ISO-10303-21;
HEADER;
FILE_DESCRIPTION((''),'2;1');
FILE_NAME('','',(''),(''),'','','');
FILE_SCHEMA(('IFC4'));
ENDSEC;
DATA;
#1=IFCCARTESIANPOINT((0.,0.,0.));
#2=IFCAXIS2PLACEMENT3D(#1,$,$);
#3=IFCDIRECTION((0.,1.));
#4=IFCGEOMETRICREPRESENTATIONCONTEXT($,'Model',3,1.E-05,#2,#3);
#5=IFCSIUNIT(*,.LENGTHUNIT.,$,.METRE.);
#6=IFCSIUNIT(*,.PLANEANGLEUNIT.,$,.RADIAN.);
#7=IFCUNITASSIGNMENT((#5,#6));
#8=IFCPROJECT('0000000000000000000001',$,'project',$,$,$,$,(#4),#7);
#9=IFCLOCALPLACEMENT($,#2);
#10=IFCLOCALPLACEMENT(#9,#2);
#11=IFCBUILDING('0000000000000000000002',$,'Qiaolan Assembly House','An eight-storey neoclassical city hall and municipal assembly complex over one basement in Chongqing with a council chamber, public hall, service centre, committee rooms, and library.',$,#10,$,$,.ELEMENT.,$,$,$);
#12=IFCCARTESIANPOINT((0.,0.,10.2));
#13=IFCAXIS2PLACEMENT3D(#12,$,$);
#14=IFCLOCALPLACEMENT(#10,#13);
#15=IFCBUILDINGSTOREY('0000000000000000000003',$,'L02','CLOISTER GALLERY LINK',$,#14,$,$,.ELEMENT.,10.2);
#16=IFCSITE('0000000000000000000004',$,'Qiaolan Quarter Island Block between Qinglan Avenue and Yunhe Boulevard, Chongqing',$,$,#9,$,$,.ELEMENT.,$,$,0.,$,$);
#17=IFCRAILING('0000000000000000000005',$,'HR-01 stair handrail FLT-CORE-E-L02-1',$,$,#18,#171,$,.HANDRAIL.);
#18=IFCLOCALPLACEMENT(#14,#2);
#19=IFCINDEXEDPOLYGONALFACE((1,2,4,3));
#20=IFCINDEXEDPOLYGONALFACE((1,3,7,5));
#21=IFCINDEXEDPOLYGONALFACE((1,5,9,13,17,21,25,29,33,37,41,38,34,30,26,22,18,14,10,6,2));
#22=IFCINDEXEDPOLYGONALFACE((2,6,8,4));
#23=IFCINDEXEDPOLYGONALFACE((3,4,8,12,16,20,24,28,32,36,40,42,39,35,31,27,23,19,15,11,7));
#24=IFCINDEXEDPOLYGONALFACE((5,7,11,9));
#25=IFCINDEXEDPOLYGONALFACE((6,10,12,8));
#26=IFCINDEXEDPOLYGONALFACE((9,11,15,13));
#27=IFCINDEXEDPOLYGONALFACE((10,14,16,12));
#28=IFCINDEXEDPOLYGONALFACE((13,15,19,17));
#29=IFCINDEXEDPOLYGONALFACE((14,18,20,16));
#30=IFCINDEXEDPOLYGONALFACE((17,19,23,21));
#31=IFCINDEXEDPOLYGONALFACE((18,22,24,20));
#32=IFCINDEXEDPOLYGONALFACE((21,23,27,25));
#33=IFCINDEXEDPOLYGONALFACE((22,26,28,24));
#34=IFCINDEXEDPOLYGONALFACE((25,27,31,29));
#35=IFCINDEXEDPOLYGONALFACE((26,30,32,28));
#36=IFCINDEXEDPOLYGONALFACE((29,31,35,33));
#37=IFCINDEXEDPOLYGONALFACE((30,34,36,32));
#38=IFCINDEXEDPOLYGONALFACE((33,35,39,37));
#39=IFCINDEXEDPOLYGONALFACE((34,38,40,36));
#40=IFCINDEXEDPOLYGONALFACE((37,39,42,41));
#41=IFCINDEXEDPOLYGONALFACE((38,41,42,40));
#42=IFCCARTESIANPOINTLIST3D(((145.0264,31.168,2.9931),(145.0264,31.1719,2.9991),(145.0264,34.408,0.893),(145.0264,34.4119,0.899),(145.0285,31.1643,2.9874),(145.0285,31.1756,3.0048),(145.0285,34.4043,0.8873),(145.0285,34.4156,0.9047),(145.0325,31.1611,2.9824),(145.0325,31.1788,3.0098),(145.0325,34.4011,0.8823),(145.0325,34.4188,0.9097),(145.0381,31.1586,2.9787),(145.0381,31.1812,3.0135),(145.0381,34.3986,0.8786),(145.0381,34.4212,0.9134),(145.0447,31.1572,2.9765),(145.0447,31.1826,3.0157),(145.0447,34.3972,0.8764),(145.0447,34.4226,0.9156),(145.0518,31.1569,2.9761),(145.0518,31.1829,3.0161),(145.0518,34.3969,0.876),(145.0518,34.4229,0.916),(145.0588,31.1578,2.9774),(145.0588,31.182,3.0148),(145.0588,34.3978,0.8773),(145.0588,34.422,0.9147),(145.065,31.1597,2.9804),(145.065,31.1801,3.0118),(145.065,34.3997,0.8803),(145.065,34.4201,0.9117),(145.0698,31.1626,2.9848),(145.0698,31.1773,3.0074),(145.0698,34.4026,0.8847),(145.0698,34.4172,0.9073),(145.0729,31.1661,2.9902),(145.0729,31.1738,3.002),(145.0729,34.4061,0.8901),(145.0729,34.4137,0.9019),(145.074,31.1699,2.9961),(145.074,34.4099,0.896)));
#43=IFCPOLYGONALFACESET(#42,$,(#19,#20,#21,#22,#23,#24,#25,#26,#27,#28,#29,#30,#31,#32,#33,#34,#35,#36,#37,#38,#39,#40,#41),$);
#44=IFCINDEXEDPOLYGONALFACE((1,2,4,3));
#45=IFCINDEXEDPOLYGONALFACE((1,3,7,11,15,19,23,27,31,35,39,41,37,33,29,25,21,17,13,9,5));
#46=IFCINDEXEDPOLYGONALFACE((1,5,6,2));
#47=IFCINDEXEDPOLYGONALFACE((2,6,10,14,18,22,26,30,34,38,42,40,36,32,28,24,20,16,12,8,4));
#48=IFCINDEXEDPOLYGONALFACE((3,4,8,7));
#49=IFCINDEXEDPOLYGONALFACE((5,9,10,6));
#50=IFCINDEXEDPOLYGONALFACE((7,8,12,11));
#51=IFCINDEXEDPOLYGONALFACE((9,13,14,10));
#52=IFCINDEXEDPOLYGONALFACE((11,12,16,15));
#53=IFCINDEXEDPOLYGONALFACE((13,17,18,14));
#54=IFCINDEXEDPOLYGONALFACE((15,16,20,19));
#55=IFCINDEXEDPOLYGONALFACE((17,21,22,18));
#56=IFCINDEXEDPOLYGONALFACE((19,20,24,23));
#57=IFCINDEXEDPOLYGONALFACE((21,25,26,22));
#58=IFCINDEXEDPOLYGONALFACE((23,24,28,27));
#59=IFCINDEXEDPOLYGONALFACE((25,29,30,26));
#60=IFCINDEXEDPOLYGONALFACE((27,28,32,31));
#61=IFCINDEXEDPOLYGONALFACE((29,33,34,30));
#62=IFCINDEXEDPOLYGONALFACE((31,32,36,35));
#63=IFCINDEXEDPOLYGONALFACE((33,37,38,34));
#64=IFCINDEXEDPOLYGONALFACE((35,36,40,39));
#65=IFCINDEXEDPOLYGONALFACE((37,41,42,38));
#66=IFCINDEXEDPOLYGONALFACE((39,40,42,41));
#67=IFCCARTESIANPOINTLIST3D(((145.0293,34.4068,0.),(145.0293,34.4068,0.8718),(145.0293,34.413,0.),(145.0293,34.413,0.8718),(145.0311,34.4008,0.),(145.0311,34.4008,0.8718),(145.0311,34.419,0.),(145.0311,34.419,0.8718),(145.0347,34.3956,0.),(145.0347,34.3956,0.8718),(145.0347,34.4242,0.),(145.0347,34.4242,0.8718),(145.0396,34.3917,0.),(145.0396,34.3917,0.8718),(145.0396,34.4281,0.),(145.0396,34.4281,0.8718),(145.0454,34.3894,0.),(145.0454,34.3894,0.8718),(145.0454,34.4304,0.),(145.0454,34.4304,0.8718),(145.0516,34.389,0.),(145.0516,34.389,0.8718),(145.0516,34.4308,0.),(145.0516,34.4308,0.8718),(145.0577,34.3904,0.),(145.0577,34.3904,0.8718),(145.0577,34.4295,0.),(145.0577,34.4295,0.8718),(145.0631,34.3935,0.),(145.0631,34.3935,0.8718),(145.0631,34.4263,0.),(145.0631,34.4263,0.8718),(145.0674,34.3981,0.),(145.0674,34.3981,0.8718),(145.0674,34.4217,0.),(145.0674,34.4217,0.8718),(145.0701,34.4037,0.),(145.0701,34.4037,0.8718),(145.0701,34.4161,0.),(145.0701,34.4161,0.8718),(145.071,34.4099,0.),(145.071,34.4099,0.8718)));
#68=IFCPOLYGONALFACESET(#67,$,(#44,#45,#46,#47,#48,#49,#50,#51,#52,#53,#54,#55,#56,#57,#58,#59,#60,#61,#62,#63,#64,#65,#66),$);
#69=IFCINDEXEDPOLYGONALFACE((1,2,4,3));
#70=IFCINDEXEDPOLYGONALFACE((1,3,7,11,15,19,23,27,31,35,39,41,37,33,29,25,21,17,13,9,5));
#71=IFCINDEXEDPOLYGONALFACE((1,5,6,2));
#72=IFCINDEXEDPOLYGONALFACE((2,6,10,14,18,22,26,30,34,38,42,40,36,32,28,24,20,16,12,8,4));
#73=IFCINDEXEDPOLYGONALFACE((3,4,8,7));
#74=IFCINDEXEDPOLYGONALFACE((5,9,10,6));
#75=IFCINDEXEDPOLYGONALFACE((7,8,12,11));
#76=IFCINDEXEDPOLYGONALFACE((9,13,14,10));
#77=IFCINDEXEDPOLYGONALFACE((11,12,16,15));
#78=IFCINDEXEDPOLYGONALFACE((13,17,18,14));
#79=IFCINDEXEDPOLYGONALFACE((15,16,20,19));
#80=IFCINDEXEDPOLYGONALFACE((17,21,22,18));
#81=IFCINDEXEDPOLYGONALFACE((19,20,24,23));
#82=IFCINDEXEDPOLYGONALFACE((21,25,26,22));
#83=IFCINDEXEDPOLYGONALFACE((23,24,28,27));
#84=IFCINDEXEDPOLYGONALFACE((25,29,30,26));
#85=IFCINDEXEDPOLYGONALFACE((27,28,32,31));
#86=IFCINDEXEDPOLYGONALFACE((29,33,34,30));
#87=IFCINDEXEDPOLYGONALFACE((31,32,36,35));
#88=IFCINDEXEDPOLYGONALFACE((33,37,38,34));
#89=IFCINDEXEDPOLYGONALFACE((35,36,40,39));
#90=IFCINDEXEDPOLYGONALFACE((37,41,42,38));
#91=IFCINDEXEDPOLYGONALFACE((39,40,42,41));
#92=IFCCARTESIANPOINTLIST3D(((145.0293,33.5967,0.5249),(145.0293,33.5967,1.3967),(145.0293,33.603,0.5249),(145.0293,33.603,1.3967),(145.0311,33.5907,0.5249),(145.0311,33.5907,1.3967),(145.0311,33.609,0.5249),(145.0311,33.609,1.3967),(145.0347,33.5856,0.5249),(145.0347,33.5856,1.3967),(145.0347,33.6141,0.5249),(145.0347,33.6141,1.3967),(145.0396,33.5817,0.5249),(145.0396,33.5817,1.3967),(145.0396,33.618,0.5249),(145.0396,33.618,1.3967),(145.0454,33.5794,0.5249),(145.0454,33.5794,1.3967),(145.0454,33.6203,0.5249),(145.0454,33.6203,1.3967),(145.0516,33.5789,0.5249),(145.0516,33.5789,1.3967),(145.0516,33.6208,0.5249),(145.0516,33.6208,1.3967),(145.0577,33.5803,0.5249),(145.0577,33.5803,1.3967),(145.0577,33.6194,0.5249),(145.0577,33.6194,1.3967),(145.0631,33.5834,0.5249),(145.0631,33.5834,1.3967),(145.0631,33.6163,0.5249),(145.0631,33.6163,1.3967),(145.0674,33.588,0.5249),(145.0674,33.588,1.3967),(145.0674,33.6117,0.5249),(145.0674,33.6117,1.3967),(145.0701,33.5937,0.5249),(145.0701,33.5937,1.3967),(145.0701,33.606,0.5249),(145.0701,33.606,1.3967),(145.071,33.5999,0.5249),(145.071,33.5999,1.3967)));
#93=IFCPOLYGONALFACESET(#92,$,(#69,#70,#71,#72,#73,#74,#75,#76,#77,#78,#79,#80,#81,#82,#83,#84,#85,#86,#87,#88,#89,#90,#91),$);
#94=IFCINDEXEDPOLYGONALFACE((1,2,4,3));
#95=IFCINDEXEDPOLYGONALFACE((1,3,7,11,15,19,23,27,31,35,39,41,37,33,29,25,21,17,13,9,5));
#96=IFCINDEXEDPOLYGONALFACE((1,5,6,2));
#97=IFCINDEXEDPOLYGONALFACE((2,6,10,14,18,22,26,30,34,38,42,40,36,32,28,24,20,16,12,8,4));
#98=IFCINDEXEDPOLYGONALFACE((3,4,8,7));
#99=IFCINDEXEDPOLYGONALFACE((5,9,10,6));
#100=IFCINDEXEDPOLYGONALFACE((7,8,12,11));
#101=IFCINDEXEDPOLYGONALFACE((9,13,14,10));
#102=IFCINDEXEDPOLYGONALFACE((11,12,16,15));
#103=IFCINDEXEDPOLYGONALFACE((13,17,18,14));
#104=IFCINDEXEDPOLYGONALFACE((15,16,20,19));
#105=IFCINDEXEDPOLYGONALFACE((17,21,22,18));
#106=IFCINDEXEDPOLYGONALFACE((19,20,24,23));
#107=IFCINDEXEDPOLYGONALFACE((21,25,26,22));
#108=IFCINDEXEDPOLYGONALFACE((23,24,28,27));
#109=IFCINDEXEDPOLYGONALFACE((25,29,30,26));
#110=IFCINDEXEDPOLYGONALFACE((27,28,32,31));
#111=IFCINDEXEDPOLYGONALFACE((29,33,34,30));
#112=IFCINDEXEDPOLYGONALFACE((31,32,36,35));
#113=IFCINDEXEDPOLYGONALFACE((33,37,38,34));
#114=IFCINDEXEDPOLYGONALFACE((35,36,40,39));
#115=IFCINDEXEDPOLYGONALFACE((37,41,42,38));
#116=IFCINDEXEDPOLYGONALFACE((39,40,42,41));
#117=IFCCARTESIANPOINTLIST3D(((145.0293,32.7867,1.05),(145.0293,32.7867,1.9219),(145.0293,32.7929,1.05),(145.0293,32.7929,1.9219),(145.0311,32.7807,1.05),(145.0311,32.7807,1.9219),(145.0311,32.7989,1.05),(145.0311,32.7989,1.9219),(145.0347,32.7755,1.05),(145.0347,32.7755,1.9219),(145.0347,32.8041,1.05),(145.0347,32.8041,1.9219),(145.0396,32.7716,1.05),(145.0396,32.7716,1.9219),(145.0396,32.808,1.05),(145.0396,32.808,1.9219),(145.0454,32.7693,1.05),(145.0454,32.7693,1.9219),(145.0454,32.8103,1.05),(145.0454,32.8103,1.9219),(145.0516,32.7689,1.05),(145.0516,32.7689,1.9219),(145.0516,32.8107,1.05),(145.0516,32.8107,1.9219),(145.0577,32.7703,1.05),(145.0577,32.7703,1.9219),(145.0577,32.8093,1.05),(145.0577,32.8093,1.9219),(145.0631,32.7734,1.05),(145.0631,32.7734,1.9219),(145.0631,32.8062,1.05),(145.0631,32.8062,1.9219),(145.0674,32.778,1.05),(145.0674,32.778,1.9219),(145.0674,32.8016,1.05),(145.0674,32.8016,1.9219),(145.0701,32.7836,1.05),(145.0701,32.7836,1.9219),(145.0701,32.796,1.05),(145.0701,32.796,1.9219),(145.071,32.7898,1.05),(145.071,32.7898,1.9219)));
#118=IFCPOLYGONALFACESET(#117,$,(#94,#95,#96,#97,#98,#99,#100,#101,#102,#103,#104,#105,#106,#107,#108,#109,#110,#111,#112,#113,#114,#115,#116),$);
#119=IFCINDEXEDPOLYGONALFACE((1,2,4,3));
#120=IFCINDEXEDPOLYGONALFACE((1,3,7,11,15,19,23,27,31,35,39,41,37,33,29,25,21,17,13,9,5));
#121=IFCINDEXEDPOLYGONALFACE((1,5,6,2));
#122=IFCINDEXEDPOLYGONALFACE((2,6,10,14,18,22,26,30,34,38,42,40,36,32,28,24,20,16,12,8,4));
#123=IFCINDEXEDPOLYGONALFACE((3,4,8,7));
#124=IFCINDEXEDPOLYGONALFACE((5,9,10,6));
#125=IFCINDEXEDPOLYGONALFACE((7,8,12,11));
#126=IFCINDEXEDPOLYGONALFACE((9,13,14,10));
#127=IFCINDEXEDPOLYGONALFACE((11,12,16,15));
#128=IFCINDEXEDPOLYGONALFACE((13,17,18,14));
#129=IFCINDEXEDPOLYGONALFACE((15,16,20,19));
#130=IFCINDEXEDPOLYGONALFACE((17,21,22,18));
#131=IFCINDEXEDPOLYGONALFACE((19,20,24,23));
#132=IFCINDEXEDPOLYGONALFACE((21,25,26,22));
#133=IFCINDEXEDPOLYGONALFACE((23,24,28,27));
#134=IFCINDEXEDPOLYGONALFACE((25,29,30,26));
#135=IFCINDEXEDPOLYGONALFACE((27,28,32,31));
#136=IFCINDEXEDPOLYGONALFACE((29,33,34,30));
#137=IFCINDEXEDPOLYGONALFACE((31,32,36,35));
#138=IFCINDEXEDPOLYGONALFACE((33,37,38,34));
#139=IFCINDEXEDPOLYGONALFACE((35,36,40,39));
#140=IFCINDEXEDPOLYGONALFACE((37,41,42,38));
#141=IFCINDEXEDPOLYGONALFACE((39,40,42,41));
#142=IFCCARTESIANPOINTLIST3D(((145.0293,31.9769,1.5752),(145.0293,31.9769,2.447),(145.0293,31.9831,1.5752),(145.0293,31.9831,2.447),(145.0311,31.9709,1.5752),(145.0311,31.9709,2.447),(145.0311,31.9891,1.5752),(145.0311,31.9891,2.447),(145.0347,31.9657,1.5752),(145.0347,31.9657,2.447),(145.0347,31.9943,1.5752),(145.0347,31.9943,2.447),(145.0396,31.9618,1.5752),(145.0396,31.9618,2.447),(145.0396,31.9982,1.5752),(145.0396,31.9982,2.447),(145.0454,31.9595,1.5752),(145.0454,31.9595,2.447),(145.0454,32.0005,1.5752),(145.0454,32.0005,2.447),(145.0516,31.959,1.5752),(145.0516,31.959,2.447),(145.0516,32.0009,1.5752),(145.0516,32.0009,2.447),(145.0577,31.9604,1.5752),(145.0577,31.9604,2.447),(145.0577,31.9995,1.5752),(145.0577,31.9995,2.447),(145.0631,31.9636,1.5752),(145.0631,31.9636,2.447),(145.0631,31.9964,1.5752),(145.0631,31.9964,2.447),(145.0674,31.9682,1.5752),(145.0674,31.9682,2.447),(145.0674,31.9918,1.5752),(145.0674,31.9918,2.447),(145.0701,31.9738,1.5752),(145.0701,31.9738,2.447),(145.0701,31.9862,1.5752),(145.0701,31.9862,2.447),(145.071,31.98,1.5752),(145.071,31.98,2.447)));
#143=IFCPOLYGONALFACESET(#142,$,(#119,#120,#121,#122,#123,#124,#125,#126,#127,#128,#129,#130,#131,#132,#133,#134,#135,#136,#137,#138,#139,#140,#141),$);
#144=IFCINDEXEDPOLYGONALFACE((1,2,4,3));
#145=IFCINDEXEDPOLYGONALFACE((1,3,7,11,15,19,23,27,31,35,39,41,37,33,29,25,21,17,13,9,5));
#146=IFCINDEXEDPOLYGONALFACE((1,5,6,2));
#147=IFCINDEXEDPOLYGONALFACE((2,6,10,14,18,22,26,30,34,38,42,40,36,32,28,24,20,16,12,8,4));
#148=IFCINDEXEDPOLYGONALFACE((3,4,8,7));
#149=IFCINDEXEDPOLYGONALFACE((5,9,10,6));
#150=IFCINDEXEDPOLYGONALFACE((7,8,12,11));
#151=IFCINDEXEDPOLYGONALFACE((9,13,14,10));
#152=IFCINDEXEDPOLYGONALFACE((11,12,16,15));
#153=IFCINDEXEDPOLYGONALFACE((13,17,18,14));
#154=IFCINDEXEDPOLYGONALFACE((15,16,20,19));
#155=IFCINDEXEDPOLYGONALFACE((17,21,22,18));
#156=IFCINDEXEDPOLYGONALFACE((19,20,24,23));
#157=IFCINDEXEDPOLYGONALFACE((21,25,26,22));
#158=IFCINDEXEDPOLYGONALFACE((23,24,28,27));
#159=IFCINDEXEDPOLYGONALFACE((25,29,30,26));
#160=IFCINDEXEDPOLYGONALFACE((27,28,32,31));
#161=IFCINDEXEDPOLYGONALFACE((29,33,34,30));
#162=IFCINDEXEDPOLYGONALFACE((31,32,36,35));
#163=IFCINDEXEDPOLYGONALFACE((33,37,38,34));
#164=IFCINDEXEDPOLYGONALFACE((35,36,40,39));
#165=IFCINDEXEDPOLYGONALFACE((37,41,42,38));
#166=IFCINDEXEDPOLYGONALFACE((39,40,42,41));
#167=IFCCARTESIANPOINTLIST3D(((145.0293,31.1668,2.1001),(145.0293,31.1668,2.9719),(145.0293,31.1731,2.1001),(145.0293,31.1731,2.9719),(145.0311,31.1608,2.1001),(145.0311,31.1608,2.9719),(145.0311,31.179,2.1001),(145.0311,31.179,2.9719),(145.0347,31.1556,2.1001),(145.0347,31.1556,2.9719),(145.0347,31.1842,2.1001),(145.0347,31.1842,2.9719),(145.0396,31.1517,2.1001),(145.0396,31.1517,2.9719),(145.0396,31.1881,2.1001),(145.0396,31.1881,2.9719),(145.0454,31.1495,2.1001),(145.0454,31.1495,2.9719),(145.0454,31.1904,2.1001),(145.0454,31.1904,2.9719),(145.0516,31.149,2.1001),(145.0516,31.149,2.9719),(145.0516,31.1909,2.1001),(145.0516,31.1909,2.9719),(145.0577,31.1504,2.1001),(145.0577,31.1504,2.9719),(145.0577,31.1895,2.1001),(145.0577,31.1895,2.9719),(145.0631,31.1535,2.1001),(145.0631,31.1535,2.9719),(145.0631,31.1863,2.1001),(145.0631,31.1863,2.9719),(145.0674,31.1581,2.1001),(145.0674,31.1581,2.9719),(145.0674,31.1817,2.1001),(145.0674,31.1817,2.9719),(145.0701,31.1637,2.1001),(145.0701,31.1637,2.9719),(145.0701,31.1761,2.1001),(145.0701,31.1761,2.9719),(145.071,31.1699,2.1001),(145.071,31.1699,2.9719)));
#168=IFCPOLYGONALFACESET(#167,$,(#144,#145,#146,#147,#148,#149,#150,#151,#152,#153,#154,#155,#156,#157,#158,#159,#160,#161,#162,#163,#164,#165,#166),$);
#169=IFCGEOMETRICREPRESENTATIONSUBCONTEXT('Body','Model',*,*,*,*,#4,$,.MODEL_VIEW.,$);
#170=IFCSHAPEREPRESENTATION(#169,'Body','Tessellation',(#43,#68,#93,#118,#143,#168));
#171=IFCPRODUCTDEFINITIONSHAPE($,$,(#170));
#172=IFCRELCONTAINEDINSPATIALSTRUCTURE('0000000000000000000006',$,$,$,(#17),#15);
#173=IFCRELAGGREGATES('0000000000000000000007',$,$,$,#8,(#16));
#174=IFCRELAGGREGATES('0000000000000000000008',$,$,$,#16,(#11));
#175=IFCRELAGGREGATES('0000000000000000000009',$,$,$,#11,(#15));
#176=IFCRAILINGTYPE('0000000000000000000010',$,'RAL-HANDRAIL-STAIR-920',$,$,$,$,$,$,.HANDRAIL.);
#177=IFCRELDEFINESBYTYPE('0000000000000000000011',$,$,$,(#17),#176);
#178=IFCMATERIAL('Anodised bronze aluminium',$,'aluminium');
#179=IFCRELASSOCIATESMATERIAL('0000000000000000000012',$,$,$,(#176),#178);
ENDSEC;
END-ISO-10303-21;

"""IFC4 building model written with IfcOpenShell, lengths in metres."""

from ifc_helpers import new_model, si_unit, direction, frame, origin, origin_2d, place, context, subcontext, project, spatial, circle, extrude, material, type_object, element, save


model = new_model("IFC4")

# Units and contexts
model_context = context("Model", 3, precision=1e-05, world=origin(), true_north=direction((0.0, 1.0)))
body_context = subcontext(model_context, "Body", "Model", "MODEL_VIEW")
ifc_project = project(units=[si_unit("LENGTHUNIT", "METRE"), si_unit("PLANEANGLEUNIT", "RADIAN")], contexts=[model_context])

# Site, building, storey
site_placement = place(None, origin())
site = spatial("IfcSite", under=ifc_project, at=site_placement, Name="Qiaolan Quarter Island Block between Qinglan Avenue and Yunhe Boulevard, Chongqing", CompositionType="ELEMENT", RefElevation=0.0)
building_placement = place(site_placement, origin())
building = spatial("IfcBuilding", under=site, at=building_placement, Name="Qiaolan Assembly House", Description="An eight-storey neoclassical city hall and municipal assembly complex over one basement in Chongqing with a council chamber, public hall, service centre, committee rooms, and library.", CompositionType="ELEMENT")
storey_placement = place(building_placement, frame((0.0, 0.0, 10.2)))
storey = spatial("IfcBuildingStorey", under=building, at=storey_placement, Name="L02", Description="CLOISTER GALLERY LINK", CompositionType="ELEMENT", Elevation=10.2)

# Shared definitions
ifc_material_1 = material(Name="Anodised bronze aluminium", Category="aluminium")

# Railing
railing_type_1 = type_object("IfcRailingType", Name="RAL-HANDRAIL-STAIR-920", PredefinedType="HANDRAIL", material=ifc_material_1)
railing_1_placement = place(storey_placement, frame((145.05, 34.4099, 0.0)))
element("IfcRailing", 1, at=railing_1_placement, inside=storey, type_object=railing_type_1, Name="HR-01 stair handrail FLT-CORE-E-L02-1", PredefinedType="HANDRAIL", context=body_context, shape_type="SweptSolid", body=[
    extrude(circle(Radius=0.0239, at=origin_2d()), frame((0.0, 0.0, 0.896), z_axis=(0.0, -0.839141, 0.543914), x_axis=(1.0, 0.0, 0.0)), (0.0, 0.0, 1.0), 3.8611),
    extrude(circle(Radius=0.021, at=origin_2d()), origin(), (0.0, 0.0, 1.0), 0.8718),
    extrude(circle(Radius=0.021, at=origin_2d()), frame((0.0, -0.8101, 0.5249)), (0.0, 0.0, 1.0), 0.8718),
    extrude(circle(Radius=0.021, at=origin_2d()), frame((0.0, -1.6201, 1.05)), (0.0, 0.0, 1.0), 0.8718),
    extrude(circle(Radius=0.021, at=origin_2d()), frame((0.0, -2.4299, 1.5752)), (0.0, 0.0, 1.0), 0.8718),
    extrude(circle(Radius=0.021, at=origin_2d()), frame((0.0, -3.24, 2.1001)), (0.0, 0.0, 1.0), 0.8718),
])

save(model, "model.ifc")
